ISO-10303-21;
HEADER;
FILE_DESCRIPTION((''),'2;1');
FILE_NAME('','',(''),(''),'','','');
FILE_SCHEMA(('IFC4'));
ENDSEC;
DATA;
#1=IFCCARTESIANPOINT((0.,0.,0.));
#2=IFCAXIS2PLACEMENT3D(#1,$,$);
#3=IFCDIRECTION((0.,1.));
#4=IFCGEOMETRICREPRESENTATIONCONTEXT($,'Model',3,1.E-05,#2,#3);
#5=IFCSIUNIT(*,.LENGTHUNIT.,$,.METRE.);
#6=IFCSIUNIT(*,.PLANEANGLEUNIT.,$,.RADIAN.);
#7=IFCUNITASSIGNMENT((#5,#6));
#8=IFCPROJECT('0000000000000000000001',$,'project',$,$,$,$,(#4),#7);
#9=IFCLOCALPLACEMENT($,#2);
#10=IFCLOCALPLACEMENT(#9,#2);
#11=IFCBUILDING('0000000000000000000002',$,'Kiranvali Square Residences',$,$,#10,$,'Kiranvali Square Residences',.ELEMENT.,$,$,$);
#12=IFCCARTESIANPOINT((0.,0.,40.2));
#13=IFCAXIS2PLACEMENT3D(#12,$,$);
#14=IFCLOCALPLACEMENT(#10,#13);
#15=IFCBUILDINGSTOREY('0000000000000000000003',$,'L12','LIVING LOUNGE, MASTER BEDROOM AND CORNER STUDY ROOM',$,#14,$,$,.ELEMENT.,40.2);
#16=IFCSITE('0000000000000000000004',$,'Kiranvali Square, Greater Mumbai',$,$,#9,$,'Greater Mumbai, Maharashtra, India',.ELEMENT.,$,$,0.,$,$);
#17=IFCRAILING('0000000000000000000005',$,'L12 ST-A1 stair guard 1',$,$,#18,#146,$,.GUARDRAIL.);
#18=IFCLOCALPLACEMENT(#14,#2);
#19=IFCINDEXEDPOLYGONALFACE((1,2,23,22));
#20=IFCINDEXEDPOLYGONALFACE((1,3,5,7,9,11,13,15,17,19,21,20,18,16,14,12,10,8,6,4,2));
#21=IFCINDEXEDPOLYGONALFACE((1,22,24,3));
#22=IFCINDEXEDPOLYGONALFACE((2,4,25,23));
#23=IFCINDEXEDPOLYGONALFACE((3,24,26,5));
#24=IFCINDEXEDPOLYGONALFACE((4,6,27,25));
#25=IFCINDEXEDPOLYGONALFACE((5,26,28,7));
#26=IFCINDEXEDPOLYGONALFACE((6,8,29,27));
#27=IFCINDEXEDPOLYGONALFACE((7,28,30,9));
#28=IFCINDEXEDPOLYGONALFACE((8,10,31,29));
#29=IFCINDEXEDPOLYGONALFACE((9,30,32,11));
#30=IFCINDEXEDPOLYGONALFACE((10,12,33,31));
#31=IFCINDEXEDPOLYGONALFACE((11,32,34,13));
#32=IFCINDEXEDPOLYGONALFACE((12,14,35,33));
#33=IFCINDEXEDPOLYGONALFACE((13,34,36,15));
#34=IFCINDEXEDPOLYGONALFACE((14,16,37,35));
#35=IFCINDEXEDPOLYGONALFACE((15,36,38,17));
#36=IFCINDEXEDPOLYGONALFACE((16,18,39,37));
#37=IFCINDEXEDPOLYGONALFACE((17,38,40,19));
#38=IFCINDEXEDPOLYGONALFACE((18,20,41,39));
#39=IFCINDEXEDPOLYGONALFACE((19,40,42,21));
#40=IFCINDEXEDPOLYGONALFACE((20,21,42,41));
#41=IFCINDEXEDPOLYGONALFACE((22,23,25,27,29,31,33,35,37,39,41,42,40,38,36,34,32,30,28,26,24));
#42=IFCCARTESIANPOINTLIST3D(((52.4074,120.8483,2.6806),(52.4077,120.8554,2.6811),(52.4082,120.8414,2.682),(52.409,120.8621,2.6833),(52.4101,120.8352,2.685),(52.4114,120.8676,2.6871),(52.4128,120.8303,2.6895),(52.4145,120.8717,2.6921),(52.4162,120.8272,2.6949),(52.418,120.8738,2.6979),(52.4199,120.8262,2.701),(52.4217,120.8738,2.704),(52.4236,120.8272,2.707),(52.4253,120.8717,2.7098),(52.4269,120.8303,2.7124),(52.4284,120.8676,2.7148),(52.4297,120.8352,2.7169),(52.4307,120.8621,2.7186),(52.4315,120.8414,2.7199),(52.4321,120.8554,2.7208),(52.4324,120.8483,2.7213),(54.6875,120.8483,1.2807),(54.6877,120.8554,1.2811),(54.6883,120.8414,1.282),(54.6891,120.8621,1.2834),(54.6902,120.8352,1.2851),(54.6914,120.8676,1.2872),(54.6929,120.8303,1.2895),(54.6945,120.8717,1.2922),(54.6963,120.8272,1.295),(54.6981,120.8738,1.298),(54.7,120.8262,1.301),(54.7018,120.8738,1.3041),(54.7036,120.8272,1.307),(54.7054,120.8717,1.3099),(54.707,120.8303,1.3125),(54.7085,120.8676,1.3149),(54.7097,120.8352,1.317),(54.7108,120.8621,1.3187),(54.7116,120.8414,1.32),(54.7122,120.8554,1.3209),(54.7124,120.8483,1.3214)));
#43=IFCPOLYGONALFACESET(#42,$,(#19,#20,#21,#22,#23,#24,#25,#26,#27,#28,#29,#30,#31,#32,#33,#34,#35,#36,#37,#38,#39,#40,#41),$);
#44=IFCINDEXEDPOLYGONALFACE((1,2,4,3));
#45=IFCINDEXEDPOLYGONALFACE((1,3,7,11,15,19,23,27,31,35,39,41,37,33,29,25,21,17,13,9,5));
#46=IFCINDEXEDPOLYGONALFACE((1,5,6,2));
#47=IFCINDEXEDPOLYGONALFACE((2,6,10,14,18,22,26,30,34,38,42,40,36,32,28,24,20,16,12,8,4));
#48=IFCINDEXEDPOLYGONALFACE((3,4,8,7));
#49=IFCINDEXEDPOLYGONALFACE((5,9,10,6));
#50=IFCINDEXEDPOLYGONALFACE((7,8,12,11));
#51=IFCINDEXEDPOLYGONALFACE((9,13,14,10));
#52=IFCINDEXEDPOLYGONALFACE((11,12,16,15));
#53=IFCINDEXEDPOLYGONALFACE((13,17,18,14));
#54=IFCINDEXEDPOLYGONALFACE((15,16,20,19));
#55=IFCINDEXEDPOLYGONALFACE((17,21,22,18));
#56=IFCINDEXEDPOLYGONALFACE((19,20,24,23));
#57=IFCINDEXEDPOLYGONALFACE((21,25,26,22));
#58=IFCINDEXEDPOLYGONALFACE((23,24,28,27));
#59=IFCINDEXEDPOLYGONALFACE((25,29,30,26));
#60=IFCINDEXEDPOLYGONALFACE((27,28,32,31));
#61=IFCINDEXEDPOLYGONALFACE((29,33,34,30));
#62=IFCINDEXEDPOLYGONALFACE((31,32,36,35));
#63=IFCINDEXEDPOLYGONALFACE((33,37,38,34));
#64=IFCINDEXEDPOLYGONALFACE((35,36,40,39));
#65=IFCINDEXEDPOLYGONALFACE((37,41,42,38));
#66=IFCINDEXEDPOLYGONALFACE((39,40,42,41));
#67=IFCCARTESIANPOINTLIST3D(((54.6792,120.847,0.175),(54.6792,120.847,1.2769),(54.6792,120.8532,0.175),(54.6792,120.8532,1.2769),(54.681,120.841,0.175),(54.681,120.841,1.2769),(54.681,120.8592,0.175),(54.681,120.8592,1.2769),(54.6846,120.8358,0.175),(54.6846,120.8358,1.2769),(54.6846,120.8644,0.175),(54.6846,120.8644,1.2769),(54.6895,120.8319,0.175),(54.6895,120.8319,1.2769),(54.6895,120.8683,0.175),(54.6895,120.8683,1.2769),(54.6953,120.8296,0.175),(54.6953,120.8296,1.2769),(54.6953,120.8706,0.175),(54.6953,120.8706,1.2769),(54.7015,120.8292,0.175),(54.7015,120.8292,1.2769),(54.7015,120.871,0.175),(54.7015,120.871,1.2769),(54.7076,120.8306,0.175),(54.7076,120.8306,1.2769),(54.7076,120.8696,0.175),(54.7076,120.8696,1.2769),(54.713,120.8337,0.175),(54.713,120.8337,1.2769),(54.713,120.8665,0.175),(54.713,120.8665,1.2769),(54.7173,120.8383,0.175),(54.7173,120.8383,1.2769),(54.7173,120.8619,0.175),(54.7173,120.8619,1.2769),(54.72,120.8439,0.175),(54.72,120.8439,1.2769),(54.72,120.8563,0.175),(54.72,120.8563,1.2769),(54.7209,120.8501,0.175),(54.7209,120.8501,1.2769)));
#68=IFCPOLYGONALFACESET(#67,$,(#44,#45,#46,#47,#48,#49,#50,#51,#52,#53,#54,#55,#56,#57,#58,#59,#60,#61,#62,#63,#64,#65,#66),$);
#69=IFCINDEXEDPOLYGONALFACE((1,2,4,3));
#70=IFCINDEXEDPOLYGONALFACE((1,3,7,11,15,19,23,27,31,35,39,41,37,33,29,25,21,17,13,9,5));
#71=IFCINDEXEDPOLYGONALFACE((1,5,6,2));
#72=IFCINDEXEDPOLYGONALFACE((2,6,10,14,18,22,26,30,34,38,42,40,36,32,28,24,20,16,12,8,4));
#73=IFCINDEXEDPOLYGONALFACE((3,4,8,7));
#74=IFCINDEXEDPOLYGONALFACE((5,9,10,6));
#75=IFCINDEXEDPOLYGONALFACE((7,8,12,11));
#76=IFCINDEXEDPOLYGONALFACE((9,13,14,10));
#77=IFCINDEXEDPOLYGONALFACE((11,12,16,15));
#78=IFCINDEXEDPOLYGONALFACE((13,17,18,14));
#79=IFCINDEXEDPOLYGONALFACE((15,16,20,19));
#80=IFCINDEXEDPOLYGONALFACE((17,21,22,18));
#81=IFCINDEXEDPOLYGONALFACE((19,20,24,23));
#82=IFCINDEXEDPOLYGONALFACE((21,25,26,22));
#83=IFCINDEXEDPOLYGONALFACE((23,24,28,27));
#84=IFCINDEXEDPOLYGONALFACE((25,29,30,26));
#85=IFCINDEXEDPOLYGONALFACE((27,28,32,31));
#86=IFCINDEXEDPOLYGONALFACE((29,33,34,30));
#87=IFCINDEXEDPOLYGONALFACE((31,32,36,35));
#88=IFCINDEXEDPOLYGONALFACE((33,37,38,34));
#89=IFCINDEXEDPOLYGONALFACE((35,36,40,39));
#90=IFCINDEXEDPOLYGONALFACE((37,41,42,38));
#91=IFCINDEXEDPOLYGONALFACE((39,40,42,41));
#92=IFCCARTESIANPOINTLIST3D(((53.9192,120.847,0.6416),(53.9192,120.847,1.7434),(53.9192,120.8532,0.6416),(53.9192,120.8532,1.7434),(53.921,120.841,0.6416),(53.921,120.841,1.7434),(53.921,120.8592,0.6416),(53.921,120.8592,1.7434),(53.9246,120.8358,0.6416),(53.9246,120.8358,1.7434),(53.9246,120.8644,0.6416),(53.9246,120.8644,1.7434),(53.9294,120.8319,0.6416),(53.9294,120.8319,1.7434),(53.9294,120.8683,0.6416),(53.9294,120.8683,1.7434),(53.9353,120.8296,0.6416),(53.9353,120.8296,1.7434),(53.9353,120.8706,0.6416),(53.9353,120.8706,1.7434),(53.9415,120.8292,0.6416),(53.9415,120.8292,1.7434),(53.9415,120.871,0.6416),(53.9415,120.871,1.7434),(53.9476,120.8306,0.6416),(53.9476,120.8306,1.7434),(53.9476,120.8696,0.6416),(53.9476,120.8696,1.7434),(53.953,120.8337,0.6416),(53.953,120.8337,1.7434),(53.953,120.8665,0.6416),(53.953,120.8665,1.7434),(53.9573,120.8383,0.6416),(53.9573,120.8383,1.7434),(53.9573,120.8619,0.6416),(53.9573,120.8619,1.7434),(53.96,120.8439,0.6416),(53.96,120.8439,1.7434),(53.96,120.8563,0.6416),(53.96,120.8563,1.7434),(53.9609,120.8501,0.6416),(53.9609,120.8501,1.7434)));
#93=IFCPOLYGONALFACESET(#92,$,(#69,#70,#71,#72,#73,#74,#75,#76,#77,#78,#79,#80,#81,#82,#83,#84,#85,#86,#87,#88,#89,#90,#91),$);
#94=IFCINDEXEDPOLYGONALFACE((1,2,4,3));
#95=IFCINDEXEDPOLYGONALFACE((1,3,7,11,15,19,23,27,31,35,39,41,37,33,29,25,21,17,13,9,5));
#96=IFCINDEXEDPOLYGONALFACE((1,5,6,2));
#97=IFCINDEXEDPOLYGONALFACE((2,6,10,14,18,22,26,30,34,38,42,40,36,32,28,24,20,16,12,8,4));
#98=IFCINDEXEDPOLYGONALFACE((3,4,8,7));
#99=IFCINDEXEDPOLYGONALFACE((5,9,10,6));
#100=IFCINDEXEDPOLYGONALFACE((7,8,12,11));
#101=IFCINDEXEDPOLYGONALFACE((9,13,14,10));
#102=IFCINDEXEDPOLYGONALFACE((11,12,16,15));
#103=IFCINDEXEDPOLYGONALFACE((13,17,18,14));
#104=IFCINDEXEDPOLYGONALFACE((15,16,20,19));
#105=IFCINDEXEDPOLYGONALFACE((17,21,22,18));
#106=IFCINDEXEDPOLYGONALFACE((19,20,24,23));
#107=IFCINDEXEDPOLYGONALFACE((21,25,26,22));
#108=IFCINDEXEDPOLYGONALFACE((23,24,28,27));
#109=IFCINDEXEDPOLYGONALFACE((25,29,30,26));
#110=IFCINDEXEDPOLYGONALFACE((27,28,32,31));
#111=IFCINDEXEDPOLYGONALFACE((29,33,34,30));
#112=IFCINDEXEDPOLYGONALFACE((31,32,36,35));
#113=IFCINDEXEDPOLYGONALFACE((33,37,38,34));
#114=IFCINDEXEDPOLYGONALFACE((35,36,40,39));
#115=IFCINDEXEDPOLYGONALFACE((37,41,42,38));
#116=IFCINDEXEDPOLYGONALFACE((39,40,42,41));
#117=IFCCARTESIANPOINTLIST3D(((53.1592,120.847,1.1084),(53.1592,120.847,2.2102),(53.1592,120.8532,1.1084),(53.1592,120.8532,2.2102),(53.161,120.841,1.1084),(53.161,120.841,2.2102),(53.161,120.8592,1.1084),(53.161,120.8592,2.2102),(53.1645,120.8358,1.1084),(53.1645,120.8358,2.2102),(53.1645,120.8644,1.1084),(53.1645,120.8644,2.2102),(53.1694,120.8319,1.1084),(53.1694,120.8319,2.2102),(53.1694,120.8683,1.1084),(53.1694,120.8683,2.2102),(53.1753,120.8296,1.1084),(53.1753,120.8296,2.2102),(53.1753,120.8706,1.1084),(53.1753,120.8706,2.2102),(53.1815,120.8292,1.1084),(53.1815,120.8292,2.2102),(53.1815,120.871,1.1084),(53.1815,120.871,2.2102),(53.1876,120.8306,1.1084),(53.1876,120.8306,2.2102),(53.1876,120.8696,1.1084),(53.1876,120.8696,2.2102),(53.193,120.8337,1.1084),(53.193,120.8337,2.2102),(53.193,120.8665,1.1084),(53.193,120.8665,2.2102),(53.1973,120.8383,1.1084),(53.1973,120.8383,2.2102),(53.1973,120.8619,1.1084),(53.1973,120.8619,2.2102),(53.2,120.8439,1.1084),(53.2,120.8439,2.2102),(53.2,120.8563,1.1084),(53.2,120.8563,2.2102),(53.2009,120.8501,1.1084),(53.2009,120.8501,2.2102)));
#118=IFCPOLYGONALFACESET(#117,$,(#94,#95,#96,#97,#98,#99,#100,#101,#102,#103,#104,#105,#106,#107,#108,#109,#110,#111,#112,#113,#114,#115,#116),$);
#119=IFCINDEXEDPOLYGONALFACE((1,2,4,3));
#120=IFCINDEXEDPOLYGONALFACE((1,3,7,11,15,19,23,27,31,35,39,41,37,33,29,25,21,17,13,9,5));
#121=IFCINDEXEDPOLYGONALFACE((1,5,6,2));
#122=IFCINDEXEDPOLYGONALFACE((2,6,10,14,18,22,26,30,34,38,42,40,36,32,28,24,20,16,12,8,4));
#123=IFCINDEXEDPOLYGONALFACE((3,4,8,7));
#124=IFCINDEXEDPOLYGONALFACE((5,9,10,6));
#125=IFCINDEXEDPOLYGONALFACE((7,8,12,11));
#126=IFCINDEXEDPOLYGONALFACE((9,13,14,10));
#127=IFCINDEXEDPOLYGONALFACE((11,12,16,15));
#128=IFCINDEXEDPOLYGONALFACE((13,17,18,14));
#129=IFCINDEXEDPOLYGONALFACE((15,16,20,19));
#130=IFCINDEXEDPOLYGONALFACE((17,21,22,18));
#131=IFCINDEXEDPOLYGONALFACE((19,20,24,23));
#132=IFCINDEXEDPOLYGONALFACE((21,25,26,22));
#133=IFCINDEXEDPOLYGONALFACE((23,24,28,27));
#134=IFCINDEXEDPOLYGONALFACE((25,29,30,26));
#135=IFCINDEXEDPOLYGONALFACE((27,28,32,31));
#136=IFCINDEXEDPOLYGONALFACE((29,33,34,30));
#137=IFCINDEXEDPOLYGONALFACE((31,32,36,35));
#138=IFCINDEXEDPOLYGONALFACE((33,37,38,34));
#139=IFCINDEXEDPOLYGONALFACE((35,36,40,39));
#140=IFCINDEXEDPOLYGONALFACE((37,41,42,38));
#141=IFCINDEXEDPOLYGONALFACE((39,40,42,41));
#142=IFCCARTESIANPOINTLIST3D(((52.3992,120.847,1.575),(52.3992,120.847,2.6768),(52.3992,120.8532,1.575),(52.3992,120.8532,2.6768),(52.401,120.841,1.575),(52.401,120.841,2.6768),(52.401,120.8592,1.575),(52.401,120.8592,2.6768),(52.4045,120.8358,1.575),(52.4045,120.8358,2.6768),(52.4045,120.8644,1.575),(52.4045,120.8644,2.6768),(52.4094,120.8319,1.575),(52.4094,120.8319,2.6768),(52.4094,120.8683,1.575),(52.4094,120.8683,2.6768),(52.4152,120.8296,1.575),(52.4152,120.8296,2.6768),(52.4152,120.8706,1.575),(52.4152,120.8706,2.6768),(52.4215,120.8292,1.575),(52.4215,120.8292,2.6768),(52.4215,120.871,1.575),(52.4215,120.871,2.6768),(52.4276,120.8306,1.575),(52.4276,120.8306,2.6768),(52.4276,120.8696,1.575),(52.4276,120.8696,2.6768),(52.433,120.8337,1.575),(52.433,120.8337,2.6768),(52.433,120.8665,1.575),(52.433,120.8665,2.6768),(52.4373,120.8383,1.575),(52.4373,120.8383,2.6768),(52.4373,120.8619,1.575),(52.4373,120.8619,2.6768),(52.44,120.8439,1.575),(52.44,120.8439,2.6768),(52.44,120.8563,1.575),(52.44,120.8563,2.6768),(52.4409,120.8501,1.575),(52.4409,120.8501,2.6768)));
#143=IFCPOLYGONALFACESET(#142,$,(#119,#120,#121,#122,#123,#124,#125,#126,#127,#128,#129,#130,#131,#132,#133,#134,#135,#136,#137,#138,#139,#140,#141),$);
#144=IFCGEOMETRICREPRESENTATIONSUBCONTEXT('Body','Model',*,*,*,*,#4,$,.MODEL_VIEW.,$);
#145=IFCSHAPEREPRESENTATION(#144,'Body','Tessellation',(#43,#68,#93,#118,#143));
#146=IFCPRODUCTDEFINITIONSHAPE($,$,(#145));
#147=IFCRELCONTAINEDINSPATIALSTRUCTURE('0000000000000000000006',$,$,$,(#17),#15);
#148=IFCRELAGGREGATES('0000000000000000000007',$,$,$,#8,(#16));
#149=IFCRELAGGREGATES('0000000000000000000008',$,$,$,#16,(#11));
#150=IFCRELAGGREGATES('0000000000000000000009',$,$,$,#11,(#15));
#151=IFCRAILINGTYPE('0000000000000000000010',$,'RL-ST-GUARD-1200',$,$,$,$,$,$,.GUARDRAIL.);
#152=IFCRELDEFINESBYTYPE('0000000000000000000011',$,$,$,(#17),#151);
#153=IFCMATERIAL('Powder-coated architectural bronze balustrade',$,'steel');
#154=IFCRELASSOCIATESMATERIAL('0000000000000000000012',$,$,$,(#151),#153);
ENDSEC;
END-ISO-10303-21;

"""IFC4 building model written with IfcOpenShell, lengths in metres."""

from ifc_helpers import new_model, si_unit, direction, frame, origin, origin_2d, place, context, subcontext, project, spatial, circle, extrude, material, type_object, element, save


model = new_model("IFC4")

# Units and contexts
model_context = context("Model", 3, precision=1e-05, world=origin(), true_north=direction((0.0, 1.0)))
body_context = subcontext(model_context, "Body", "Model", "MODEL_VIEW")
ifc_project = project(units=[si_unit("LENGTHUNIT", "METRE"), si_unit("PLANEANGLEUNIT", "RADIAN")], contexts=[model_context])

# Site, building, storey
site_placement = place(None, origin())
site = spatial("IfcSite", under=ifc_project, at=site_placement, Name="Kiranvali Square, Greater Mumbai", LongName="Greater Mumbai, Maharashtra, India", CompositionType="ELEMENT", RefElevation=0.0)
building_placement = place(site_placement, origin())
building = spatial("IfcBuilding", under=site, at=building_placement, Name="Kiranvali Square Residences", LongName="Kiranvali Square Residences", CompositionType="ELEMENT")
storey_placement = place(building_placement, frame((0.0, 0.0, 40.2)))
storey = spatial("IfcBuildingStorey", under=building, at=storey_placement, Name="L12", Description="LIVING LOUNGE, MASTER BEDROOM AND CORNER STUDY ROOM", CompositionType="ELEMENT", Elevation=40.2)

# Railing
ifc_material_1 = material(Name="Powder-coated architectural bronze balustrade", Category="steel")
railing_type_1 = type_object("IfcRailingType", Name="RL-ST-GUARD-1200", PredefinedType="GUARDRAIL", material=ifc_material_1)
railing_1_placement = place(storey_placement, frame((54.7, 120.8501, 0.175)))
element("IfcRailing", 1, at=railing_1_placement, inside=storey, type_object=railing_type_1, Name="L12 ST-A1 stair guard 1", PredefinedType="GUARDRAIL", context=body_context, shape_type="SweptSolid", body=[
    extrude(circle(Radius=0.0239, at=origin_2d()), frame((0.0, 0.0, 1.126), z_axis=(-0.85219, 0.0, 0.523232), x_axis=(0.0, -1.0, 0.0)), (0.0, 0.0, 1.0), 2.6755),
    extrude(circle(Radius=0.021, at=origin_2d()), origin(), (0.0, 0.0, 1.0), 1.1018),
    extrude(circle(Radius=0.021, at=origin_2d()), frame((-0.76, 0.0, 0.4666)), (0.0, 0.0, 1.0), 1.1018),
    extrude(circle(Radius=0.021, at=origin_2d()), frame((-1.52, 0.0, 0.9333)), (0.0, 0.0, 1.0), 1.1018),
    extrude(circle(Radius=0.021, at=origin_2d()), frame((-2.28, 0.0, 1.3999)), (0.0, 0.0, 1.0), 1.1018),
])

save(model, "model.ifc")
